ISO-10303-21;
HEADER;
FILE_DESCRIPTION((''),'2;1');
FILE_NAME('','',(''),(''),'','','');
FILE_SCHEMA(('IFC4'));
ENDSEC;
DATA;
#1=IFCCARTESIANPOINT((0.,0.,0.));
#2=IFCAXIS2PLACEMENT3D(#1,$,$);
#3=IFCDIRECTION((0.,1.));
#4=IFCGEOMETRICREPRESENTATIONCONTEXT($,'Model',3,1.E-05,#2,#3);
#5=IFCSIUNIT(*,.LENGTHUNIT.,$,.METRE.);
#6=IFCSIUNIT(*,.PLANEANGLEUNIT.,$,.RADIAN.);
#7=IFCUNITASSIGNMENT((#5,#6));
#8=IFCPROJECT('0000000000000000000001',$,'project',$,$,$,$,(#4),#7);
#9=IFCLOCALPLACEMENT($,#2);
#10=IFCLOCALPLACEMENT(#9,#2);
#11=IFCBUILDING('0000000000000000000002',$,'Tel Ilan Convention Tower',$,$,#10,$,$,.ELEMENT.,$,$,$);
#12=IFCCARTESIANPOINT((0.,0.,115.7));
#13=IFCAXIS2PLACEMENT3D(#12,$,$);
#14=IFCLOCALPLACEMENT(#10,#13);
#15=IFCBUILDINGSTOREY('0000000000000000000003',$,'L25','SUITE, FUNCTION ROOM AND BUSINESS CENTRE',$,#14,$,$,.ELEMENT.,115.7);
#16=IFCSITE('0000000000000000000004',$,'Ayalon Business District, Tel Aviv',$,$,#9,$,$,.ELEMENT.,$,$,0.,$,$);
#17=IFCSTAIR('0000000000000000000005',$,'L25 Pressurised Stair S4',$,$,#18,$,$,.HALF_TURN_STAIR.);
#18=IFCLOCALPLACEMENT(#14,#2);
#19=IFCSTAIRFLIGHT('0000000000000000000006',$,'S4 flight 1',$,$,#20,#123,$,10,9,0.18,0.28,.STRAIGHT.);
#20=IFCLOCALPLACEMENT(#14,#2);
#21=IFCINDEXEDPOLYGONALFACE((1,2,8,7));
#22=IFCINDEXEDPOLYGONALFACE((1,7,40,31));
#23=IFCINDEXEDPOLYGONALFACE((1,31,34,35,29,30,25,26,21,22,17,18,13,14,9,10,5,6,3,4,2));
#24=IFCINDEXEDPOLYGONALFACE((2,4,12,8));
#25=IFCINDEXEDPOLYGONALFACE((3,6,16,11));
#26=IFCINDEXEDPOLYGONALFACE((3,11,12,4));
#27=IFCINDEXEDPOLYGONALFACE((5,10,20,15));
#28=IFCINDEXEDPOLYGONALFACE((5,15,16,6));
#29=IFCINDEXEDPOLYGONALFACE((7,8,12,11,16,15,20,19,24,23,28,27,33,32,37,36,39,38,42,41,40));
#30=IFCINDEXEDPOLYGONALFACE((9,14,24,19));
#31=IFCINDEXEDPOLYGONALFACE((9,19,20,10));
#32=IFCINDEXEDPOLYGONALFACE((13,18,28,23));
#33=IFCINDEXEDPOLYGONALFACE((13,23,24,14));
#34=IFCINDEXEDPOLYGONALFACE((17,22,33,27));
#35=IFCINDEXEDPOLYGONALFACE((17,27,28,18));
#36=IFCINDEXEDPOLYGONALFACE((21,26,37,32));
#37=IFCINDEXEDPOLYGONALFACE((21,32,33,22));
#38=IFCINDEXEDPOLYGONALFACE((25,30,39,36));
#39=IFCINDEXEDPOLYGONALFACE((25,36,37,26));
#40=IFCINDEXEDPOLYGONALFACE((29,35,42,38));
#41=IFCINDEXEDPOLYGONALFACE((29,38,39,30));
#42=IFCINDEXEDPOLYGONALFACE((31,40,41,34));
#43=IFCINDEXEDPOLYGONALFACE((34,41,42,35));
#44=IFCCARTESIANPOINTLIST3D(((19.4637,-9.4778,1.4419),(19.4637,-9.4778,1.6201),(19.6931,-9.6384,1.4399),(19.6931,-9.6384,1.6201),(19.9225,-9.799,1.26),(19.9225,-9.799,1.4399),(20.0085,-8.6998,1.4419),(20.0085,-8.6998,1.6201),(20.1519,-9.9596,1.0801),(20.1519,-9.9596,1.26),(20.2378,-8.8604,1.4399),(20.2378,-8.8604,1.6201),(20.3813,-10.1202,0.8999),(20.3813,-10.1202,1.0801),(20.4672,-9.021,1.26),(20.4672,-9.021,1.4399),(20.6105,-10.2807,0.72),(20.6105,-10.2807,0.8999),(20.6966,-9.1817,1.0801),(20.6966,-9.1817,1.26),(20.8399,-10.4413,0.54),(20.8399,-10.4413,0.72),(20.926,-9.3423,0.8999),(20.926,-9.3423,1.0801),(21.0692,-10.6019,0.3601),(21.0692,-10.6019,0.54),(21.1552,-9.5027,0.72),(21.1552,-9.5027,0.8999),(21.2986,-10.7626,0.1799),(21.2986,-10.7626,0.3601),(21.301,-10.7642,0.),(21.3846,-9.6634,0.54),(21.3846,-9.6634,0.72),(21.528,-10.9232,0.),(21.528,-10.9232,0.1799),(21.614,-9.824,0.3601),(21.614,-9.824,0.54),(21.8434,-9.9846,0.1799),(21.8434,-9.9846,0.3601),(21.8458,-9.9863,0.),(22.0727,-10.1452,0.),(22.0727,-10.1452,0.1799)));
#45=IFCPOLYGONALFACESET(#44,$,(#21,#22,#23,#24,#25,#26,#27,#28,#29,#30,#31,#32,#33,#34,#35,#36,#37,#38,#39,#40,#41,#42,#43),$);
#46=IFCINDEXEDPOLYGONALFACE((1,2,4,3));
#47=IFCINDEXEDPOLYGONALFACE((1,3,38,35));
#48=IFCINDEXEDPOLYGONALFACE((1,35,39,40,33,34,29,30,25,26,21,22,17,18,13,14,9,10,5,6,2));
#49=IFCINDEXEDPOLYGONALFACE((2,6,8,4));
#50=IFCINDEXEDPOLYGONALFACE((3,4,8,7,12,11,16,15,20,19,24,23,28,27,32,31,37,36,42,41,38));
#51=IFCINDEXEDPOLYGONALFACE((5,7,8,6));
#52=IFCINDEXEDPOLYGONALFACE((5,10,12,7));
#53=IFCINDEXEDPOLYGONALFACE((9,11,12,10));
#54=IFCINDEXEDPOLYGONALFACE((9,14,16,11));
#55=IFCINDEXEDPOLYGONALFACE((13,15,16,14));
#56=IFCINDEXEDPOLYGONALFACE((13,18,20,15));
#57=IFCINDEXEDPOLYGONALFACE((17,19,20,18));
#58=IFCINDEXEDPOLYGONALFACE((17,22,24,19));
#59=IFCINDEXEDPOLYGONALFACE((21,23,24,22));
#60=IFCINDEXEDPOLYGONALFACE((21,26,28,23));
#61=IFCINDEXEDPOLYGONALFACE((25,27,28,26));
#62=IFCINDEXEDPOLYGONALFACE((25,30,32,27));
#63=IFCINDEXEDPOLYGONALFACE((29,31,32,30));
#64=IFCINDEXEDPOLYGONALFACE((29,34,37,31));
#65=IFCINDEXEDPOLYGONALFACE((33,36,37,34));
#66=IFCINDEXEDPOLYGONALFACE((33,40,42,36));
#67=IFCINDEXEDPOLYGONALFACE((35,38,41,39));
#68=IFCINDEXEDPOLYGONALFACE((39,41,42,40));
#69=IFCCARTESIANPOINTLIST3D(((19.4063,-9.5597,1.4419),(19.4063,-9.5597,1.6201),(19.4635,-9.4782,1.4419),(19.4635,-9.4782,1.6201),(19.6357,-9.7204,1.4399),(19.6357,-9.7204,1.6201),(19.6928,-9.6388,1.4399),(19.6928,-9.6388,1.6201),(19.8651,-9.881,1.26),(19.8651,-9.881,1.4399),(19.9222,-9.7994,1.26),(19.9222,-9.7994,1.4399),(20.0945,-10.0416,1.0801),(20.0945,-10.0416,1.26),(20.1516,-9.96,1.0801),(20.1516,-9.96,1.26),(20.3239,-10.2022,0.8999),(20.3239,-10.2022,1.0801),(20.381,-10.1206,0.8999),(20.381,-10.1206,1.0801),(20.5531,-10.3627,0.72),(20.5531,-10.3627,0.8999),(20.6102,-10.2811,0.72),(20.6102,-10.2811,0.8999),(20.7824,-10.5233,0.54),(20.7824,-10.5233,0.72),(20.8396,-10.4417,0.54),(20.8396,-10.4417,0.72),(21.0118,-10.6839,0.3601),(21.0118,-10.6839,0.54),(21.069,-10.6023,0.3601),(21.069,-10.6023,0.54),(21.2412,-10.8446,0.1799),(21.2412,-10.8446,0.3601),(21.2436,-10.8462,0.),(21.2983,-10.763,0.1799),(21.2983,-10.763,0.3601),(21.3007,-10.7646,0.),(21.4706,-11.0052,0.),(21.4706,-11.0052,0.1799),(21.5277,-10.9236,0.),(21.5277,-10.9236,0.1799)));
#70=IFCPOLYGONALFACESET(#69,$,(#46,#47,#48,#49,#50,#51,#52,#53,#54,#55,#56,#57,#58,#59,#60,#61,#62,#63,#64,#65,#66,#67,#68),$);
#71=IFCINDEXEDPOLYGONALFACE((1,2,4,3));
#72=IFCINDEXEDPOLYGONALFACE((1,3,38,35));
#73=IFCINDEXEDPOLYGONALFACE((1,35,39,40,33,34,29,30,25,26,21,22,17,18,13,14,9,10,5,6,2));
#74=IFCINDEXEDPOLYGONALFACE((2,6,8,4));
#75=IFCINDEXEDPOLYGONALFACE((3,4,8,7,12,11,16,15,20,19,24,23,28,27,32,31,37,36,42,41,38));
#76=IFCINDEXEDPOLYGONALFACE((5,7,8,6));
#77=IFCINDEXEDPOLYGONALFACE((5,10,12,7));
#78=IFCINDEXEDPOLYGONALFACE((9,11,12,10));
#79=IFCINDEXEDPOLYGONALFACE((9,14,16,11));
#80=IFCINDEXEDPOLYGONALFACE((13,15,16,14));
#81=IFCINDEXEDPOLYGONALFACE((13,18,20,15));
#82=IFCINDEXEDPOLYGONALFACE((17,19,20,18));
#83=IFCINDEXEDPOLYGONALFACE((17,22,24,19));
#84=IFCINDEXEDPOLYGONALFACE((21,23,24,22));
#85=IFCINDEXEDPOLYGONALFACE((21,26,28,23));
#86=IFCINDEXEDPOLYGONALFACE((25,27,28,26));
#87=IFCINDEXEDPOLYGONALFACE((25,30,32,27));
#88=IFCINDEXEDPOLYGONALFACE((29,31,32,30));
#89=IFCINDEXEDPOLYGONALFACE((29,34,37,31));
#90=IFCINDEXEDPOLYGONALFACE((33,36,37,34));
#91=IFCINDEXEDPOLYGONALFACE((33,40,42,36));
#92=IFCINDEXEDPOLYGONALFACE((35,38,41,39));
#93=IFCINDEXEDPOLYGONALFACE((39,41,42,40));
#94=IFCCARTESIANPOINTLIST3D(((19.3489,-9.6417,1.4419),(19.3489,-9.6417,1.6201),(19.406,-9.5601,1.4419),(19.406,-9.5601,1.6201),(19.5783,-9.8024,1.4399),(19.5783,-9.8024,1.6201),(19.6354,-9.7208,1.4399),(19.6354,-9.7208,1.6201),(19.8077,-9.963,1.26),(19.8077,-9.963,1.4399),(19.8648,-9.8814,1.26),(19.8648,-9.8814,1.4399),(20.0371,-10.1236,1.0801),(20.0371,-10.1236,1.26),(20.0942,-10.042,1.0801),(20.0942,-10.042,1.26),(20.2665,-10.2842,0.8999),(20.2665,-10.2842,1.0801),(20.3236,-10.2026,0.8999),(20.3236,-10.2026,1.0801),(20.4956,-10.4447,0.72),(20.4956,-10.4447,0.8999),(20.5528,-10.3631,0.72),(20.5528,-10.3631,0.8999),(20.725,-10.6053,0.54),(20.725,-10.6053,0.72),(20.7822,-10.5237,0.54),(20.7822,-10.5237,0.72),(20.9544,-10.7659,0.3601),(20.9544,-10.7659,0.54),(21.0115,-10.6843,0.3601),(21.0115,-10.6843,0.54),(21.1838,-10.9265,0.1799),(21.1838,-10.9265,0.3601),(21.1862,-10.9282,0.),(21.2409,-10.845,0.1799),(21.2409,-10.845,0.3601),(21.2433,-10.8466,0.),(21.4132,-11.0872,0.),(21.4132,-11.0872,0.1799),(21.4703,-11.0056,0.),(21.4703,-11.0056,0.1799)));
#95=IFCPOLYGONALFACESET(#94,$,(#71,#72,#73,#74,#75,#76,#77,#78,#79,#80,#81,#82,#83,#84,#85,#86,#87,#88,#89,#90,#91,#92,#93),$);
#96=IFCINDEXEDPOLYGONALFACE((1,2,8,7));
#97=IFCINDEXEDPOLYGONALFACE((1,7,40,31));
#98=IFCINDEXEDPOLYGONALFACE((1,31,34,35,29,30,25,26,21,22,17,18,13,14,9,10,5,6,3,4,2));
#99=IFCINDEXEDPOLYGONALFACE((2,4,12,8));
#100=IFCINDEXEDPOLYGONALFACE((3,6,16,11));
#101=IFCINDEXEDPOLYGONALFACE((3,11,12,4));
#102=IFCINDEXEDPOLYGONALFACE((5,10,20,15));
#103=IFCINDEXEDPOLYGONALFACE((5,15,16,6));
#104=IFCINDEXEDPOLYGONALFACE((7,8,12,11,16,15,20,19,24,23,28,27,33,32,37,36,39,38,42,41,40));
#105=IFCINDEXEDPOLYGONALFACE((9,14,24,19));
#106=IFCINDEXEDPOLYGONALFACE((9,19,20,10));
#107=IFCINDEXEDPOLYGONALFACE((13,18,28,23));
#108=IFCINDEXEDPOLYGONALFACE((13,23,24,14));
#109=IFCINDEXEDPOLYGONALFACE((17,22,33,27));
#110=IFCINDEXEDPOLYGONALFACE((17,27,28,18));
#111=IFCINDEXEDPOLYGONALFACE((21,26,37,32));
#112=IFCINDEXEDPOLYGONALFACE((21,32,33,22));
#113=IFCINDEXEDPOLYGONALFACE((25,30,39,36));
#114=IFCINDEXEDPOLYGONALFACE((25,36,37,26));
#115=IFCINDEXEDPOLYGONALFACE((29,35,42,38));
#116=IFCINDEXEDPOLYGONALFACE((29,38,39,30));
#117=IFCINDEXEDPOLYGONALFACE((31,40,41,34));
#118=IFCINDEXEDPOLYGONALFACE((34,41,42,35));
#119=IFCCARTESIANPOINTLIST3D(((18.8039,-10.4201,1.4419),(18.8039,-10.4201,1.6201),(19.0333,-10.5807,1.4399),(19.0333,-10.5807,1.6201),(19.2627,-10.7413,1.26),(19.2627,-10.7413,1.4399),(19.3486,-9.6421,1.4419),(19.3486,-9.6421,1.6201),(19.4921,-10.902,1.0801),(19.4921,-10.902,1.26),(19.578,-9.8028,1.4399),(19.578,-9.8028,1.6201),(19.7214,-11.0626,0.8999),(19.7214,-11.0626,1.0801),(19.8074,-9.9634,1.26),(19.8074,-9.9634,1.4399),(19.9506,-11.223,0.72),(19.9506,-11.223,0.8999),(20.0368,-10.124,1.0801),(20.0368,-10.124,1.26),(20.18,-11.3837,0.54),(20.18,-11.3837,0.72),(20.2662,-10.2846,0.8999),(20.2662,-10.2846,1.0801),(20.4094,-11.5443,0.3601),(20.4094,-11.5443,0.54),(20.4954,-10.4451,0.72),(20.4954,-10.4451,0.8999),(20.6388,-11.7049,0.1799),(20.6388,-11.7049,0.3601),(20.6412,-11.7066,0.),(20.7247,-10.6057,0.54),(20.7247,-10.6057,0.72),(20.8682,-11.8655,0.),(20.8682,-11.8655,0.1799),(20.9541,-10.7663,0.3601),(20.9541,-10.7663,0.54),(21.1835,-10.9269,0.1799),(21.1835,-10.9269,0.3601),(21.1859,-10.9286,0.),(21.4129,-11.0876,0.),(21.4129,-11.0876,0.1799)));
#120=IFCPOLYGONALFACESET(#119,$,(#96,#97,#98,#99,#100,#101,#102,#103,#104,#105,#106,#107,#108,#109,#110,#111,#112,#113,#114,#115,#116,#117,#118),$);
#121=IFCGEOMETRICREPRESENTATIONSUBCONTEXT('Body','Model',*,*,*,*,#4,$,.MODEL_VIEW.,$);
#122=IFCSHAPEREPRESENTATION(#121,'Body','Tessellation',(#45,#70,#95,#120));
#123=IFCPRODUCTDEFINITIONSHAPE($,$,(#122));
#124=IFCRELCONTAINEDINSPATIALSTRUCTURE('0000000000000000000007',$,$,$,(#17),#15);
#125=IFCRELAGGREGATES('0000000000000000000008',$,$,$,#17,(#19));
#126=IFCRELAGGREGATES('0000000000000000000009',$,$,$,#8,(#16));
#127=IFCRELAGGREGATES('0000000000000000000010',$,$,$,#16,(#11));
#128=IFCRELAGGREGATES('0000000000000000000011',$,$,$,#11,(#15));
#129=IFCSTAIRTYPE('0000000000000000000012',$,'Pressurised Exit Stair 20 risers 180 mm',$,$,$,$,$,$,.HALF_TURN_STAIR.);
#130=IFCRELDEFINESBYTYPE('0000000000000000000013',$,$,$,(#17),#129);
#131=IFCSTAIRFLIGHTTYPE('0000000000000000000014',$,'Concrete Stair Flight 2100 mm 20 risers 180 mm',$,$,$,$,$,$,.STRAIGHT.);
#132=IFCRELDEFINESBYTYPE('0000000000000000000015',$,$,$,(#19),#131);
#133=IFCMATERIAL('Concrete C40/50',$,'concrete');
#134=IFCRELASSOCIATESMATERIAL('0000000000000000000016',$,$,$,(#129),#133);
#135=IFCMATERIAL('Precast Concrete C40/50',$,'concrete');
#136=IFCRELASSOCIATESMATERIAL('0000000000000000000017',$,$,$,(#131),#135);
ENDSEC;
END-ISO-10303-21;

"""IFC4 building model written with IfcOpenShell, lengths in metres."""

from ifc_helpers import new_model, si_unit, direction, frame, origin, place, context, subcontext, project, spatial, polyline, outline, extrude, material, type_object, element, aggregate, save


model = new_model("IFC4")

# Units and contexts
model_context = context("Model", 3, precision=1e-05, world=origin(), true_north=direction((0.0, 1.0)))
body_context = subcontext(model_context, "Body", "Model", "MODEL_VIEW")
ifc_project = project(units=[si_unit("LENGTHUNIT", "METRE"), si_unit("PLANEANGLEUNIT", "RADIAN")], contexts=[model_context])

# Site, building, storey
site_placement = place(None, origin())
site = spatial("IfcSite", under=ifc_project, at=site_placement, Name="Ayalon Business District, Tel Aviv", CompositionType="ELEMENT", RefElevation=0.0)
building_placement = place(site_placement, origin())
building = spatial("IfcBuilding", under=site, at=building_placement, Name="Tel Ilan Convention Tower", CompositionType="ELEMENT")
storey_placement = place(building_placement, frame((0.0, 0.0, 115.7)))
storey = spatial("IfcBuildingStorey", under=building, at=storey_placement, Name="L25", Description="SUITE, FUNCTION ROOM AND BUSINESS CENTRE", CompositionType="ELEMENT", Elevation=115.7)

# Stair, stair flight
ifc_material_1 = material(Name="Concrete C40/50", Category="concrete")
stair_type = type_object("IfcStairType", Name="Pressurised Exit Stair 20 risers 180 mm", PredefinedType="HALF_TURN_STAIR", material=ifc_material_1)
ifc_material_2 = material(Name="Precast Concrete C40/50", Category="concrete")
stair_flight_type = type_object("IfcStairFlightType", Name="Concrete Stair Flight 2100 mm 20 risers 180 mm", PredefinedType="STRAIGHT", material=ifc_material_2)
stair_1_placement = place(storey_placement, origin())
stair_1 = element("IfcStair", 1, at=stair_1_placement, inside=storey, type_object=stair_type, Name="L25 Pressurised Stair S4", PredefinedType="HALF_TURN_STAIR")
stair_flight_1_placement = place(storey_placement, frame((21.4705, -11.0054, 0.0), z_axis=(0.0, 0.0, 1.0), x_axis=(-0.819152, 0.573576, 0.0)))
stair_flight_1 = element("IfcStairFlight", 2, at=stair_flight_1_placement, type_object=stair_flight_type, Name="S4 flight 1", NumberOfRisers=10, NumberOfTreads=9, PredefinedType="STRAIGHT", RiserHeight=0.18, TreadLength=0.28, context=body_context, shape_type="SweptSolid", body=[
    extrude(outline(polyline([(0.0, 0.0), (0.0, 0.1799), (0.28, 0.1799), (0.28, 0.3601), (0.5601, 0.3601), (0.5601, 0.54), (0.8401, 0.54), (0.8401, 0.72), (1.1201, 0.72), (1.1201, 0.8999), (1.3999, 0.8999), (1.3999, 1.0801), (1.6799, 1.0801), (1.6799, 1.26), (1.96, 1.26), (1.96, 1.4399), (2.24, 1.4399), (2.24, 1.6201), (2.52, 1.6201), (2.52, 1.8), (2.52, 1.4419), (0.2771, 0.0), (0.0, 0.0)])), frame((0.0, -0.1003, 0.0), z_axis=(0.0, -1.0, 0.0), x_axis=(1.0, 0.0, 0.0)), (0.0, 0.0, 1.0), 0.9497),
    extrude(outline(polyline([(0.0, 0.0), (0.0, 0.1799), (0.28, 0.1799), (0.28, 0.3601), (0.5601, 0.3601), (0.5601, 0.54), (0.8401, 0.54), (0.8401, 0.72), (1.1201, 0.72), (1.1201, 0.8999), (1.3999, 0.8999), (1.3999, 1.0801), (1.6799, 1.0801), (1.6799, 1.26), (1.96, 1.26), (1.96, 1.4399), (2.24, 1.4399), (2.24, 1.6201), (2.52, 1.6201), (2.52, 1.8), (2.52, 1.4419), (0.2771, 0.0), (0.0, 0.0)])), frame((0.0, -0.0002, 0.0), z_axis=(0.0, -1.0, 0.0), x_axis=(1.0, 0.0, 0.0)), (0.0, 0.0, 1.0), 0.0996),
    extrude(outline(polyline([(0.0, 0.0), (0.0, 0.1799), (0.28, 0.1799), (0.28, 0.3601), (0.5601, 0.3601), (0.5601, 0.54), (0.8401, 0.54), (0.8401, 0.72), (1.1201, 0.72), (1.1201, 0.8999), (1.3999, 0.8999), (1.3999, 1.0801), (1.6799, 1.0801), (1.6799, 1.26), (1.96, 1.26), (1.96, 1.4399), (2.24, 1.4399), (2.24, 1.6201), (2.52, 1.6201), (2.52, 1.8), (2.52, 1.4419), (0.2771, 0.0), (0.0, 0.0)])), frame((0.0, 0.0999, 0.0), z_axis=(0.0, -1.0, 0.0), x_axis=(1.0, 0.0, 0.0)), (0.0, 0.0, 1.0), 0.0996),
    extrude(outline(polyline([(0.0, 0.0), (0.0, 0.1799), (0.28, 0.1799), (0.28, 0.3601), (0.5601, 0.3601), (0.5601, 0.54), (0.8401, 0.54), (0.8401, 0.72), (1.1201, 0.72), (1.1201, 0.8999), (1.3999, 0.8999), (1.3999, 1.0801), (1.6799, 1.0801), (1.6799, 1.26), (1.96, 1.26), (1.96, 1.4399), (2.24, 1.4399), (2.24, 1.6201), (2.52, 1.6201), (2.52, 1.8), (2.52, 1.4419), (0.2771, 0.0), (0.0, 0.0)])), frame((0.0, 1.05, 0.0), z_axis=(0.0, -1.0, 0.0), x_axis=(1.0, 0.0, 0.0)), (0.0, 0.0, 1.0), 0.9497),
])
aggregate(stair_1, [stair_flight_1])

save(model, "model.ifc")
